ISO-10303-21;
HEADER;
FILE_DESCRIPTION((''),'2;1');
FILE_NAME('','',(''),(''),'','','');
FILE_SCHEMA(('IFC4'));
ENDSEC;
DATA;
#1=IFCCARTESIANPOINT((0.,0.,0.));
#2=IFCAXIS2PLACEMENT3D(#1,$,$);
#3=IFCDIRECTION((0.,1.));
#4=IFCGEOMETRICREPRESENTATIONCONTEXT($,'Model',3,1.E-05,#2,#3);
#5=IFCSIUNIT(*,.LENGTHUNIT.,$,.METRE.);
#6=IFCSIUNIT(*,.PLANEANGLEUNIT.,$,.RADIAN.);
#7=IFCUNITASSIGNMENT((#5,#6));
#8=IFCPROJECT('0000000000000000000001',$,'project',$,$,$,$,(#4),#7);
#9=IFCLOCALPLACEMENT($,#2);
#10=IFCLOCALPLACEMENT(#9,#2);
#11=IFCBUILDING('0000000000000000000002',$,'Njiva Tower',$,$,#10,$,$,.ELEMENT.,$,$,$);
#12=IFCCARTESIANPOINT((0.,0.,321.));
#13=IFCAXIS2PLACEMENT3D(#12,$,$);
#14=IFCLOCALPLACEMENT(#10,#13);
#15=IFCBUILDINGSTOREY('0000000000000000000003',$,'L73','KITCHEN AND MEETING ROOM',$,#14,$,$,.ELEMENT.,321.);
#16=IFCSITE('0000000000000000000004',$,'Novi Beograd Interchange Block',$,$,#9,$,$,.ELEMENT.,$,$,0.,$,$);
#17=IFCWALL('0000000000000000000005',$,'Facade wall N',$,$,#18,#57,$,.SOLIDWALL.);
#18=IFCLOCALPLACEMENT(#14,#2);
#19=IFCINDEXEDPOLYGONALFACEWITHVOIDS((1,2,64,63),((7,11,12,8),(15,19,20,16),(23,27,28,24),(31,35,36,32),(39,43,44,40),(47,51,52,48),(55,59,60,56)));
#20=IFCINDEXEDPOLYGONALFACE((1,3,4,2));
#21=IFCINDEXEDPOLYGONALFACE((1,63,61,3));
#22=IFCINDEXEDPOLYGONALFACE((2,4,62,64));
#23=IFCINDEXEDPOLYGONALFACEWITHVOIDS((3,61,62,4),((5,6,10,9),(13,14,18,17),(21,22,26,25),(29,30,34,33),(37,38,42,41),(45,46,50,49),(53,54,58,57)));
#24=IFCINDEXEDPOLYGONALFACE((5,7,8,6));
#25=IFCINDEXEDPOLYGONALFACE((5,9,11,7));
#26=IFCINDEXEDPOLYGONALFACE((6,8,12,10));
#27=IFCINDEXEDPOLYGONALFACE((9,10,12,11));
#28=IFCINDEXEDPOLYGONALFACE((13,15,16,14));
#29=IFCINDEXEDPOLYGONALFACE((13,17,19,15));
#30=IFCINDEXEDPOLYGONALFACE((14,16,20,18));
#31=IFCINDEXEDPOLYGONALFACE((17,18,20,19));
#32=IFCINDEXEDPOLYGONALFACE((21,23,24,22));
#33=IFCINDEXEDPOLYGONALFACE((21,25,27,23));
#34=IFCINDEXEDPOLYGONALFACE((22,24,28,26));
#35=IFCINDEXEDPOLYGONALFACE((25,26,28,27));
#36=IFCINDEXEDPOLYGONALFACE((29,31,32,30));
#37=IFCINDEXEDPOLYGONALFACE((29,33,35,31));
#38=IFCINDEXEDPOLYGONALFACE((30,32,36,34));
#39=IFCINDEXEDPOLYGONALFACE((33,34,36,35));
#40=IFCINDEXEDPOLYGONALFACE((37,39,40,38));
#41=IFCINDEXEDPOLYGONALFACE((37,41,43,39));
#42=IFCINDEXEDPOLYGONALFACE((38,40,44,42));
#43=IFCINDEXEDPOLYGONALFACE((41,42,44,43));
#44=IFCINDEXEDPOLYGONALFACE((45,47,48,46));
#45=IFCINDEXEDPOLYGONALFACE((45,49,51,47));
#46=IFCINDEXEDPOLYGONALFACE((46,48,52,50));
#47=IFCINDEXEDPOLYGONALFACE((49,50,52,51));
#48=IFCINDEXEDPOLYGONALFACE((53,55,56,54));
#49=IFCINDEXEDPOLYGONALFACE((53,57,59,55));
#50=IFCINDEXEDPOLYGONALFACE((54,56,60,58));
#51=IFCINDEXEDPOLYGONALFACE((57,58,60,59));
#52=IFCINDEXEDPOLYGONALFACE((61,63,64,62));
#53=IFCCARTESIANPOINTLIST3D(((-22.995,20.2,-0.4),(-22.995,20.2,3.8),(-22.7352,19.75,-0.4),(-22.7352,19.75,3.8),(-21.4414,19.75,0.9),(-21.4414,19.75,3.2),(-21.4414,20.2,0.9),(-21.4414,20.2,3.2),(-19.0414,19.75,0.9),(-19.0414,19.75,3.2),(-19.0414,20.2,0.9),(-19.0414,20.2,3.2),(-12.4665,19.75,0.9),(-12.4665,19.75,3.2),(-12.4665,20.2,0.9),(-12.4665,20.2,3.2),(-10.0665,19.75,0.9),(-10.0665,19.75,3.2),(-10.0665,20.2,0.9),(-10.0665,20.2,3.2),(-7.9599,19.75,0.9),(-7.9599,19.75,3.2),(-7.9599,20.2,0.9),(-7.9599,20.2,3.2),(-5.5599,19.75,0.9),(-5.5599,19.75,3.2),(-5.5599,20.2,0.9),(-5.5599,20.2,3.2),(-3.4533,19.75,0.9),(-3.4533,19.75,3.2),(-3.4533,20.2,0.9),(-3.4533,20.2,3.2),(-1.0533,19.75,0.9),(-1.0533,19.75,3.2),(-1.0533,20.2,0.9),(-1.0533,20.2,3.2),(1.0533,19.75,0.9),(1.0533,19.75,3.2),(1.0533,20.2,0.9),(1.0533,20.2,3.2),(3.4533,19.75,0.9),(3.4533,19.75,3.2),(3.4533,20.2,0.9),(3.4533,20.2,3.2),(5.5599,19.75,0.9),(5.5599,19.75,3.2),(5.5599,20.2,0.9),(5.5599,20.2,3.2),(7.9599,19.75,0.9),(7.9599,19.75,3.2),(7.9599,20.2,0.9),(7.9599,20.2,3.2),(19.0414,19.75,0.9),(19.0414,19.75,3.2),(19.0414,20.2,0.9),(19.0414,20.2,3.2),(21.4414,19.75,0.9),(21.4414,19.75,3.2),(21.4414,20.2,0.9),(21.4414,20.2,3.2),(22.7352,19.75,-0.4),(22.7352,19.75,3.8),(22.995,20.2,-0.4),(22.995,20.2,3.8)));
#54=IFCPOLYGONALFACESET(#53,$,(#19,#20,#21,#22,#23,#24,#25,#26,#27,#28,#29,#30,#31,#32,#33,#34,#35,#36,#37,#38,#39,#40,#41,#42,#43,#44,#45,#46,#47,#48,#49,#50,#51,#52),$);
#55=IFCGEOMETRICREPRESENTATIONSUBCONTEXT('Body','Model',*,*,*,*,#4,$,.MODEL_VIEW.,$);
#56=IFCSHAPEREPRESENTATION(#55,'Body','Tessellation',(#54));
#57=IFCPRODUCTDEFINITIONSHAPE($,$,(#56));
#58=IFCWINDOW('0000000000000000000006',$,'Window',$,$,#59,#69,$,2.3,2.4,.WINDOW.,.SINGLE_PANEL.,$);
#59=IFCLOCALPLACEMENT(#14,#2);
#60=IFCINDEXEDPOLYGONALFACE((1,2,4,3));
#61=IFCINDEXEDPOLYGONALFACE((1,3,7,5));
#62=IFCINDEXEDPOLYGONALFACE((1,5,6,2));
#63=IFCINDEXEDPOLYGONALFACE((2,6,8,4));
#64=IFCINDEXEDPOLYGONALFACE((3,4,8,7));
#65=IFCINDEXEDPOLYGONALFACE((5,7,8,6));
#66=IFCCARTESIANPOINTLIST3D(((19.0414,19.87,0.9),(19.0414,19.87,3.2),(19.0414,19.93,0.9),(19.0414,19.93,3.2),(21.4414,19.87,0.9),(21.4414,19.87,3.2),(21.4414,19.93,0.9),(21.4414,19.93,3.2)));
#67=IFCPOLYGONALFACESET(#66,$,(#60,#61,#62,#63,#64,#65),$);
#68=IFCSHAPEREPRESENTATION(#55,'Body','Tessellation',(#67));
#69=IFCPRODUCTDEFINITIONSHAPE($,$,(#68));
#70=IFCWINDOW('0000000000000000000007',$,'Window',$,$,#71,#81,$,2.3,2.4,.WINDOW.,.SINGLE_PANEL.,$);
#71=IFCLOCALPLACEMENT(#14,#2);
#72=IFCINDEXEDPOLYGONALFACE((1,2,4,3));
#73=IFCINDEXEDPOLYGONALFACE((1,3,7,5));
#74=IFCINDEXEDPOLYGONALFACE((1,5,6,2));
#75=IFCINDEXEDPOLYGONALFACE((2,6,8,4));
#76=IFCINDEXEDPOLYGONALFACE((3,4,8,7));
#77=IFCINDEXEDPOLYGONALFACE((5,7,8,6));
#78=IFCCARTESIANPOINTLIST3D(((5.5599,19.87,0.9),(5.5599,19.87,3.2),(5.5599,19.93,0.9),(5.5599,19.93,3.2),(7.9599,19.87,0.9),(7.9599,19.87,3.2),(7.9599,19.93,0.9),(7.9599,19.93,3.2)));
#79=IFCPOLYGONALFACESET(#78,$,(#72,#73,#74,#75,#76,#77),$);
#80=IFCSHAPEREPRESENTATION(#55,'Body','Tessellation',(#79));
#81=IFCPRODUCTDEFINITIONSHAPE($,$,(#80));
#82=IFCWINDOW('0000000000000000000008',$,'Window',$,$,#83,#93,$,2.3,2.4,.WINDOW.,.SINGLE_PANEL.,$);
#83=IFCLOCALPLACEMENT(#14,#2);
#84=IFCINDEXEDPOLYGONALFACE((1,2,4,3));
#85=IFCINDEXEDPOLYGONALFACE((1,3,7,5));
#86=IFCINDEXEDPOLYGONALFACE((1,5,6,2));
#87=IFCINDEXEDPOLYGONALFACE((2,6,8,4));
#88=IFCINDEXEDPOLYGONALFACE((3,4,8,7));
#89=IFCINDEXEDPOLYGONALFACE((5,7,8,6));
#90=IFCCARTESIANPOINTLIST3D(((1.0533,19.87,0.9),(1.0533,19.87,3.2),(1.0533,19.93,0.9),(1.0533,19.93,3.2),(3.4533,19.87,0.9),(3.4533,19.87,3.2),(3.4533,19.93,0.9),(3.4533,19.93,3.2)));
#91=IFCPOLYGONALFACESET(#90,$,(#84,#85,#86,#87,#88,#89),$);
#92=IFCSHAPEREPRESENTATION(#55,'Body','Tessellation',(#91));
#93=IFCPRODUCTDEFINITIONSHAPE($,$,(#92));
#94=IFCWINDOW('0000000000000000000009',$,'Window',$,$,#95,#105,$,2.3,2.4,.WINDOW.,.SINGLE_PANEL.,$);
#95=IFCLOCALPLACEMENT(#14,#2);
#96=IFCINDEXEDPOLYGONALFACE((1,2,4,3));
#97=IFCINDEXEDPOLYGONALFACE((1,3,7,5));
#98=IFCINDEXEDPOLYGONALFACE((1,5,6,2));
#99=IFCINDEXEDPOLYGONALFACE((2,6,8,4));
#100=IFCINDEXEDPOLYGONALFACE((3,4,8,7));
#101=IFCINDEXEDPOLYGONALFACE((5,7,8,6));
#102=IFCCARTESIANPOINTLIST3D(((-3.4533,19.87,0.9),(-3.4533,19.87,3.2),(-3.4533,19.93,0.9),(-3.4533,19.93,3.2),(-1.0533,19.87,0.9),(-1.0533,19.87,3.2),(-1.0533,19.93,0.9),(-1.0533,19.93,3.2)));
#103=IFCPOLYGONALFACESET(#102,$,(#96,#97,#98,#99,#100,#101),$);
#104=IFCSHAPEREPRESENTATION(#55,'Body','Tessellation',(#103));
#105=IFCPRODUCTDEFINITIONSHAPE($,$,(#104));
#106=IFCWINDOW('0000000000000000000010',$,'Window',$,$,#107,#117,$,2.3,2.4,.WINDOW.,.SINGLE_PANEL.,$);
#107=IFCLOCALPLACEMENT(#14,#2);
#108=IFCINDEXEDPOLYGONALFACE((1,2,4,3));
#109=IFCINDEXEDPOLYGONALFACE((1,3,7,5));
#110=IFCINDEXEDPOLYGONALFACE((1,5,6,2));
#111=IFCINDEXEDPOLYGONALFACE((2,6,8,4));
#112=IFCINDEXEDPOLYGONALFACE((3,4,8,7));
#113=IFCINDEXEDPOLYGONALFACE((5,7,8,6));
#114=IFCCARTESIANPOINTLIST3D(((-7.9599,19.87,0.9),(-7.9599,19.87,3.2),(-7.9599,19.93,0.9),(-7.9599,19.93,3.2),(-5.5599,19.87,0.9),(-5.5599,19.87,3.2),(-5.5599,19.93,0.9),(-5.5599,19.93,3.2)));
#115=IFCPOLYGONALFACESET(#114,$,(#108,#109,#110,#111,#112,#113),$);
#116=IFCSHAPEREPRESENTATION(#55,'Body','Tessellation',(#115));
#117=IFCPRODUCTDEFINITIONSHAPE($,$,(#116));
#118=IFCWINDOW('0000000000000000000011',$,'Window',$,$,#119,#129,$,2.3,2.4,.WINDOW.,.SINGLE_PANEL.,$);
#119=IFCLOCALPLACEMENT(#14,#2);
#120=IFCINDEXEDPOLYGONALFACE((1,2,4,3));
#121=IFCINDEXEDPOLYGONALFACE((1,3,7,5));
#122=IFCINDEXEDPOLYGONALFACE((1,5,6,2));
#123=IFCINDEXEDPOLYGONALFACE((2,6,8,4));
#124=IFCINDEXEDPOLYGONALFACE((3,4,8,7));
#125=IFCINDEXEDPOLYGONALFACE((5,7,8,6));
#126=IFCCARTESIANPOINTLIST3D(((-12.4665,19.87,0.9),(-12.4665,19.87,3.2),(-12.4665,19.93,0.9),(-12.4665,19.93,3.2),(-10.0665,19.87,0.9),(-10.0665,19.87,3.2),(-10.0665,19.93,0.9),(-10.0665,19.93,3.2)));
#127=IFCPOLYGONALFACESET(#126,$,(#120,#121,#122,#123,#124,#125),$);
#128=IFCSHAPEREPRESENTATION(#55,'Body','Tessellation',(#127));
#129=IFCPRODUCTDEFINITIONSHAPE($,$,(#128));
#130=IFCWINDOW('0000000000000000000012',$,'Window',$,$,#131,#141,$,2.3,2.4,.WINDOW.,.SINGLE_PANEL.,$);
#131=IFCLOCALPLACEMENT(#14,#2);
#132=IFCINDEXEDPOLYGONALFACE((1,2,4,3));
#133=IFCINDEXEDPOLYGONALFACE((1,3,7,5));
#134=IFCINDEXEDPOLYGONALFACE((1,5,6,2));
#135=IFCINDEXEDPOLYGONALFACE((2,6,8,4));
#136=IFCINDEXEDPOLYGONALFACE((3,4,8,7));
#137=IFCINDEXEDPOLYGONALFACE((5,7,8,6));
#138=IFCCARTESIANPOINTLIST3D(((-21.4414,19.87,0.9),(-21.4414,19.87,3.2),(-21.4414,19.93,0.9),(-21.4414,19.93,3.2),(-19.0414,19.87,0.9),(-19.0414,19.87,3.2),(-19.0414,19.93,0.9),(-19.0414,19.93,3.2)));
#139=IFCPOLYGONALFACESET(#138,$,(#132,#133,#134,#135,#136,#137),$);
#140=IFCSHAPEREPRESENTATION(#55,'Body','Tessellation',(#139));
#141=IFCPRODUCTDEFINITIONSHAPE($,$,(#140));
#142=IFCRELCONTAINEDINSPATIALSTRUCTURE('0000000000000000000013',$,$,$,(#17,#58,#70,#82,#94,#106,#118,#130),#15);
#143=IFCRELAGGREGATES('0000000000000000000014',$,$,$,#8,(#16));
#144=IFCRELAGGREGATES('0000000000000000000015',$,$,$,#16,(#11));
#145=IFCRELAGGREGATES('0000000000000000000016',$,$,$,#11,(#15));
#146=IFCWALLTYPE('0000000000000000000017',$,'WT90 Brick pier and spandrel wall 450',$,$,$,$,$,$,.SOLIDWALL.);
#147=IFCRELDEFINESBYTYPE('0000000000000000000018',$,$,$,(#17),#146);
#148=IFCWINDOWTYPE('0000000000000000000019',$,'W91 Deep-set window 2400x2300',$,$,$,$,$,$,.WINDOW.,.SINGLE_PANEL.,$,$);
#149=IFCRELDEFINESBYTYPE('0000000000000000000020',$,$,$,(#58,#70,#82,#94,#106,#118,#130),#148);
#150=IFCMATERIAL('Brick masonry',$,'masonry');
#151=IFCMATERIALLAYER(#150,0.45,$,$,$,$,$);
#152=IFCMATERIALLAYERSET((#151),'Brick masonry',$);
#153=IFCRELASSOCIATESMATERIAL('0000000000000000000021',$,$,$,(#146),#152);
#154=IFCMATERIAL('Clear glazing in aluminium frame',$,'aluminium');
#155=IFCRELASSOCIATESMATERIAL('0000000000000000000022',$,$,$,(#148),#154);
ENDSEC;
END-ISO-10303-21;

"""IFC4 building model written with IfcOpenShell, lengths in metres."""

from ifc_helpers import new_model, si_unit, direction, frame, frame_2d, origin, place, context, subcontext, project, spatial, polyline, rectangle, outline, extrude, material, layer, layer_set, type_object, element, fill, save


model = new_model("IFC4")

# Units and contexts
model_context = context("Model", 3, precision=1e-05, world=origin(), true_north=direction((0.0, 1.0)))
body_context = subcontext(model_context, "Body", "Model", "MODEL_VIEW")
ifc_project = project(units=[si_unit("LENGTHUNIT", "METRE"), si_unit("PLANEANGLEUNIT", "RADIAN")], contexts=[model_context])

# Site, building, storey
site_placement = place(None, origin())
site = spatial("IfcSite", under=ifc_project, at=site_placement, Name="Novi Beograd Interchange Block", CompositionType="ELEMENT", RefElevation=0.0)
building_placement = place(site_placement, origin())
building = spatial("IfcBuilding", under=site, at=building_placement, Name="Njiva Tower", CompositionType="ELEMENT")
storey_placement = place(building_placement, frame((0.0, 0.0, 321.0)))
storey = spatial("IfcBuildingStorey", under=building, at=storey_placement, Name="L73", Description="KITCHEN AND MEETING ROOM", CompositionType="ELEMENT", Elevation=321.0)

# Wall, openings, windows
ifc_material_1 = material(Name="Brick masonry", Category="masonry")
ifc_layer_1 = layer(ifc_material_1, 0.45)
ifc_layer_set_1 = layer_set([ifc_layer_1], Name="Brick masonry")
wall_type_1 = type_object("IfcWallType", Name="WT90 Brick pier and spandrel wall 450", PredefinedType="SOLIDWALL", material=ifc_layer_set_1)
wall_1_placement = place(storey_placement, frame((22.8651, 19.975, -0.4), z_axis=(0.0, 0.0, 1.0), x_axis=(-1.0, 0.0, 0.0)))
wall_1 = element("IfcWall", 1, at=wall_1_placement, inside=storey, type_object=wall_type_1, Name="Facade wall N", PredefinedType="SOLIDWALL", context=body_context, shape_type="SweptSolid", body=[
    extrude(outline(polyline([(-0.1299, -0.225), (45.8601, -0.225), (45.6003, 0.225), (0.1299, 0.225), (-0.1299, -0.225)])), origin(), (0.0, 0.0, 1.0), 4.2),
])
opening_1_placement = place(wall_1_placement, frame((1.4237, 0.0, 1.3)))
opening_1 = element("IfcOpeningElement", 2, at=opening_1_placement, cuts=wall_1, PredefinedType="OPENING", context=body_context, shape_type="SweptSolid", body=[
    extrude(rectangle(XDim=2.4, YDim=2.3, at=frame_2d((1.2, 1.15))), frame((0.0, 0.235, 0.0), z_axis=(0.0, -1.0, 0.0), x_axis=(1.0, 0.0, 0.0)), (0.0, 0.0, 1.0), 0.47),
])
opening_2_placement = place(wall_1_placement, frame((14.9052, 0.0, 1.3)))
opening_2 = element("IfcOpeningElement", 3, at=opening_2_placement, cuts=wall_1, PredefinedType="OPENING", context=body_context, shape_type="SweptSolid", body=[
    extrude(rectangle(XDim=2.4, YDim=2.3, at=frame_2d((1.2, 1.15))), frame((0.0, 0.235, 0.0), z_axis=(0.0, -1.0, 0.0), x_axis=(1.0, 0.0, 0.0)), (0.0, 0.0, 1.0), 0.47),
])
opening_3_placement = place(wall_1_placement, frame((19.4118, 0.0, 1.3)))
opening_3 = element("IfcOpeningElement", 4, at=opening_3_placement, cuts=wall_1, PredefinedType="OPENING", context=body_context, shape_type="SweptSolid", body=[
    extrude(rectangle(XDim=2.4, YDim=2.3, at=frame_2d((1.2, 1.15))), frame((0.0, 0.235, 0.0), z_axis=(0.0, -1.0, 0.0), x_axis=(1.0, 0.0, 0.0)), (0.0, 0.0, 1.0), 0.47),
])
opening_4_placement = place(wall_1_placement, frame((23.9184, 0.0, 1.3)))
opening_4 = element("IfcOpeningElement", 5, at=opening_4_placement, cuts=wall_1, PredefinedType="OPENING", context=body_context, shape_type="SweptSolid", body=[
    extrude(rectangle(XDim=2.4, YDim=2.3, at=frame_2d((1.2, 1.15))), frame((0.0, 0.235, 0.0), z_axis=(0.0, -1.0, 0.0), x_axis=(1.0, 0.0, 0.0)), (0.0, 0.0, 1.0), 0.47),
])
opening_5_placement = place(wall_1_placement, frame((28.425, 0.0, 1.3)))
opening_5 = element("IfcOpeningElement", 6, at=opening_5_placement, cuts=wall_1, PredefinedType="OPENING", context=body_context, shape_type="SweptSolid", body=[
    extrude(rectangle(XDim=2.4, YDim=2.3, at=frame_2d((1.2, 1.15))), frame((0.0, 0.235, 0.0), z_axis=(0.0, -1.0, 0.0), x_axis=(1.0, 0.0, 0.0)), (0.0, 0.0, 1.0), 0.47),
])
opening_6_placement = place(wall_1_placement, frame((32.9316, 0.0, 1.3)))
opening_6 = element("IfcOpeningElement", 7, at=opening_6_placement, cuts=wall_1, PredefinedType="OPENING", context=body_context, shape_type="SweptSolid", body=[
    extrude(rectangle(XDim=2.4, YDim=2.3, at=frame_2d((1.2, 1.15))), frame((0.0, 0.235, 0.0), z_axis=(0.0, -1.0, 0.0), x_axis=(1.0, 0.0, 0.0)), (0.0, 0.0, 1.0), 0.47),
])
opening_7_placement = place(wall_1_placement, frame((41.9065, 0.0, 1.3)))
opening_7 = element("IfcOpeningElement", 8, at=opening_7_placement, cuts=wall_1, PredefinedType="OPENING", context=body_context, shape_type="SweptSolid", body=[
    extrude(rectangle(XDim=2.4, YDim=2.3, at=frame_2d((1.2, 1.15))), frame((0.0, 0.235, 0.0), z_axis=(0.0, -1.0, 0.0), x_axis=(1.0, 0.0, 0.0)), (0.0, 0.0, 1.0), 0.47),
])
ifc_material_2 = material(Name="Clear glazing in aluminium frame", Category="aluminium")
window_type_1 = type_object("IfcWindowType", Name="W91 Deep-set window 2400x2300", PartitioningType="SINGLE_PANEL", PredefinedType="WINDOW", material=ifc_material_2)
window_1_placement = place(opening_1_placement, origin())
window_1 = element("IfcWindow", 9, at=window_1_placement, inside=storey, type_object=window_type_1, Name="Window", OverallHeight=2.3, OverallWidth=2.4, PartitioningType="SINGLE_PANEL", PredefinedType="WINDOW", context=body_context, shape_type="SweptSolid", body=[
    extrude(rectangle(XDim=2.4, YDim=2.3, at=frame_2d((1.2, 1.15))), frame((0.0, 0.105, 0.0), z_axis=(0.0, -1.0, 0.0), x_axis=(1.0, 0.0, 0.0)), (0.0, 0.0, 1.0), 0.06),
])
fill(opening_1, window_1)
window_2_placement = place(opening_2_placement, origin())
window_2 = element("IfcWindow", 10, at=window_2_placement, inside=storey, type_object=window_type_1, Name="Window", OverallHeight=2.3, OverallWidth=2.4, PartitioningType="SINGLE_PANEL", PredefinedType="WINDOW", context=body_context, shape_type="SweptSolid", body=[
    extrude(rectangle(XDim=2.4, YDim=2.3, at=frame_2d((1.2, 1.15))), frame((0.0, 0.105, 0.0), z_axis=(0.0, -1.0, 0.0), x_axis=(1.0, 0.0, 0.0)), (0.0, 0.0, 1.0), 0.06),
])
fill(opening_2, window_2)
window_3_placement = place(opening_3_placement, origin())
window_3 = element("IfcWindow", 11, at=window_3_placement, inside=storey, type_object=window_type_1, Name="Window", OverallHeight=2.3, OverallWidth=2.4, PartitioningType="SINGLE_PANEL", PredefinedType="WINDOW", context=body_context, shape_type="SweptSolid", body=[
    extrude(rectangle(XDim=2.4, YDim=2.3, at=frame_2d((1.2, 1.15))), frame((0.0, 0.105, 0.0), z_axis=(0.0, -1.0, 0.0), x_axis=(1.0, 0.0, 0.0)), (0.0, 0.0, 1.0), 0.06),
])
fill(opening_3, window_3)
window_4_placement = place(opening_4_placement, origin())
window_4 = element("IfcWindow", 12, at=window_4_placement, inside=storey, type_object=window_type_1, Name="Window", OverallHeight=2.3, OverallWidth=2.4, PartitioningType="SINGLE_PANEL", PredefinedType="WINDOW", context=body_context, shape_type="SweptSolid", body=[
    extrude(rectangle(XDim=2.4, YDim=2.3, at=frame_2d((1.2, 1.15))), frame((0.0, 0.105, 0.0), z_axis=(0.0, -1.0, 0.0), x_axis=(1.0, 0.0, 0.0)), (0.0, 0.0, 1.0), 0.06),
])
fill(opening_4, window_4)
window_5_placement = place(opening_5_placement, origin())
window_5 = element("IfcWindow", 13, at=window_5_placement, inside=storey, type_object=window_type_1, Name="Window", OverallHeight=2.3, OverallWidth=2.4, PartitioningType="SINGLE_PANEL", PredefinedType="WINDOW", context=body_context, shape_type="SweptSolid", body=[
    extrude(rectangle(XDim=2.4, YDim=2.3, at=frame_2d((1.2, 1.15))), frame((0.0, 0.105, 0.0), z_axis=(0.0, -1.0, 0.0), x_axis=(1.0, 0.0, 0.0)), (0.0, 0.0, 1.0), 0.06),
])
fill(opening_5, window_5)
window_6_placement = place(opening_6_placement, origin())
window_6 = element("IfcWindow", 14, at=window_6_placement, inside=storey, type_object=window_type_1, Name="Window", OverallHeight=2.3, OverallWidth=2.4, PartitioningType="SINGLE_PANEL", PredefinedType="WINDOW", context=body_context, shape_type="SweptSolid", body=[
    extrude(rectangle(XDim=2.4, YDim=2.3, at=frame_2d((1.2, 1.15))), frame((0.0, 0.105, 0.0), z_axis=(0.0, -1.0, 0.0), x_axis=(1.0, 0.0, 0.0)), (0.0, 0.0, 1.0), 0.06),
])
fill(opening_6, window_6)
window_7_placement = place(opening_7_placement, origin())
window_7 = element("IfcWindow", 15, at=window_7_placement, inside=storey, type_object=window_type_1, Name="Window", OverallHeight=2.3, OverallWidth=2.4, PartitioningType="SINGLE_PANEL", PredefinedType="WINDOW", context=body_context, shape_type="SweptSolid", body=[
    extrude(rectangle(XDim=2.4, YDim=2.3, at=frame_2d((1.2, 1.15))), frame((0.0, 0.105, 0.0), z_axis=(0.0, -1.0, 0.0), x_axis=(1.0, 0.0, 0.0)), (0.0, 0.0, 1.0), 0.06),
])
fill(opening_7, window_7)

save(model, "model.ifc")
